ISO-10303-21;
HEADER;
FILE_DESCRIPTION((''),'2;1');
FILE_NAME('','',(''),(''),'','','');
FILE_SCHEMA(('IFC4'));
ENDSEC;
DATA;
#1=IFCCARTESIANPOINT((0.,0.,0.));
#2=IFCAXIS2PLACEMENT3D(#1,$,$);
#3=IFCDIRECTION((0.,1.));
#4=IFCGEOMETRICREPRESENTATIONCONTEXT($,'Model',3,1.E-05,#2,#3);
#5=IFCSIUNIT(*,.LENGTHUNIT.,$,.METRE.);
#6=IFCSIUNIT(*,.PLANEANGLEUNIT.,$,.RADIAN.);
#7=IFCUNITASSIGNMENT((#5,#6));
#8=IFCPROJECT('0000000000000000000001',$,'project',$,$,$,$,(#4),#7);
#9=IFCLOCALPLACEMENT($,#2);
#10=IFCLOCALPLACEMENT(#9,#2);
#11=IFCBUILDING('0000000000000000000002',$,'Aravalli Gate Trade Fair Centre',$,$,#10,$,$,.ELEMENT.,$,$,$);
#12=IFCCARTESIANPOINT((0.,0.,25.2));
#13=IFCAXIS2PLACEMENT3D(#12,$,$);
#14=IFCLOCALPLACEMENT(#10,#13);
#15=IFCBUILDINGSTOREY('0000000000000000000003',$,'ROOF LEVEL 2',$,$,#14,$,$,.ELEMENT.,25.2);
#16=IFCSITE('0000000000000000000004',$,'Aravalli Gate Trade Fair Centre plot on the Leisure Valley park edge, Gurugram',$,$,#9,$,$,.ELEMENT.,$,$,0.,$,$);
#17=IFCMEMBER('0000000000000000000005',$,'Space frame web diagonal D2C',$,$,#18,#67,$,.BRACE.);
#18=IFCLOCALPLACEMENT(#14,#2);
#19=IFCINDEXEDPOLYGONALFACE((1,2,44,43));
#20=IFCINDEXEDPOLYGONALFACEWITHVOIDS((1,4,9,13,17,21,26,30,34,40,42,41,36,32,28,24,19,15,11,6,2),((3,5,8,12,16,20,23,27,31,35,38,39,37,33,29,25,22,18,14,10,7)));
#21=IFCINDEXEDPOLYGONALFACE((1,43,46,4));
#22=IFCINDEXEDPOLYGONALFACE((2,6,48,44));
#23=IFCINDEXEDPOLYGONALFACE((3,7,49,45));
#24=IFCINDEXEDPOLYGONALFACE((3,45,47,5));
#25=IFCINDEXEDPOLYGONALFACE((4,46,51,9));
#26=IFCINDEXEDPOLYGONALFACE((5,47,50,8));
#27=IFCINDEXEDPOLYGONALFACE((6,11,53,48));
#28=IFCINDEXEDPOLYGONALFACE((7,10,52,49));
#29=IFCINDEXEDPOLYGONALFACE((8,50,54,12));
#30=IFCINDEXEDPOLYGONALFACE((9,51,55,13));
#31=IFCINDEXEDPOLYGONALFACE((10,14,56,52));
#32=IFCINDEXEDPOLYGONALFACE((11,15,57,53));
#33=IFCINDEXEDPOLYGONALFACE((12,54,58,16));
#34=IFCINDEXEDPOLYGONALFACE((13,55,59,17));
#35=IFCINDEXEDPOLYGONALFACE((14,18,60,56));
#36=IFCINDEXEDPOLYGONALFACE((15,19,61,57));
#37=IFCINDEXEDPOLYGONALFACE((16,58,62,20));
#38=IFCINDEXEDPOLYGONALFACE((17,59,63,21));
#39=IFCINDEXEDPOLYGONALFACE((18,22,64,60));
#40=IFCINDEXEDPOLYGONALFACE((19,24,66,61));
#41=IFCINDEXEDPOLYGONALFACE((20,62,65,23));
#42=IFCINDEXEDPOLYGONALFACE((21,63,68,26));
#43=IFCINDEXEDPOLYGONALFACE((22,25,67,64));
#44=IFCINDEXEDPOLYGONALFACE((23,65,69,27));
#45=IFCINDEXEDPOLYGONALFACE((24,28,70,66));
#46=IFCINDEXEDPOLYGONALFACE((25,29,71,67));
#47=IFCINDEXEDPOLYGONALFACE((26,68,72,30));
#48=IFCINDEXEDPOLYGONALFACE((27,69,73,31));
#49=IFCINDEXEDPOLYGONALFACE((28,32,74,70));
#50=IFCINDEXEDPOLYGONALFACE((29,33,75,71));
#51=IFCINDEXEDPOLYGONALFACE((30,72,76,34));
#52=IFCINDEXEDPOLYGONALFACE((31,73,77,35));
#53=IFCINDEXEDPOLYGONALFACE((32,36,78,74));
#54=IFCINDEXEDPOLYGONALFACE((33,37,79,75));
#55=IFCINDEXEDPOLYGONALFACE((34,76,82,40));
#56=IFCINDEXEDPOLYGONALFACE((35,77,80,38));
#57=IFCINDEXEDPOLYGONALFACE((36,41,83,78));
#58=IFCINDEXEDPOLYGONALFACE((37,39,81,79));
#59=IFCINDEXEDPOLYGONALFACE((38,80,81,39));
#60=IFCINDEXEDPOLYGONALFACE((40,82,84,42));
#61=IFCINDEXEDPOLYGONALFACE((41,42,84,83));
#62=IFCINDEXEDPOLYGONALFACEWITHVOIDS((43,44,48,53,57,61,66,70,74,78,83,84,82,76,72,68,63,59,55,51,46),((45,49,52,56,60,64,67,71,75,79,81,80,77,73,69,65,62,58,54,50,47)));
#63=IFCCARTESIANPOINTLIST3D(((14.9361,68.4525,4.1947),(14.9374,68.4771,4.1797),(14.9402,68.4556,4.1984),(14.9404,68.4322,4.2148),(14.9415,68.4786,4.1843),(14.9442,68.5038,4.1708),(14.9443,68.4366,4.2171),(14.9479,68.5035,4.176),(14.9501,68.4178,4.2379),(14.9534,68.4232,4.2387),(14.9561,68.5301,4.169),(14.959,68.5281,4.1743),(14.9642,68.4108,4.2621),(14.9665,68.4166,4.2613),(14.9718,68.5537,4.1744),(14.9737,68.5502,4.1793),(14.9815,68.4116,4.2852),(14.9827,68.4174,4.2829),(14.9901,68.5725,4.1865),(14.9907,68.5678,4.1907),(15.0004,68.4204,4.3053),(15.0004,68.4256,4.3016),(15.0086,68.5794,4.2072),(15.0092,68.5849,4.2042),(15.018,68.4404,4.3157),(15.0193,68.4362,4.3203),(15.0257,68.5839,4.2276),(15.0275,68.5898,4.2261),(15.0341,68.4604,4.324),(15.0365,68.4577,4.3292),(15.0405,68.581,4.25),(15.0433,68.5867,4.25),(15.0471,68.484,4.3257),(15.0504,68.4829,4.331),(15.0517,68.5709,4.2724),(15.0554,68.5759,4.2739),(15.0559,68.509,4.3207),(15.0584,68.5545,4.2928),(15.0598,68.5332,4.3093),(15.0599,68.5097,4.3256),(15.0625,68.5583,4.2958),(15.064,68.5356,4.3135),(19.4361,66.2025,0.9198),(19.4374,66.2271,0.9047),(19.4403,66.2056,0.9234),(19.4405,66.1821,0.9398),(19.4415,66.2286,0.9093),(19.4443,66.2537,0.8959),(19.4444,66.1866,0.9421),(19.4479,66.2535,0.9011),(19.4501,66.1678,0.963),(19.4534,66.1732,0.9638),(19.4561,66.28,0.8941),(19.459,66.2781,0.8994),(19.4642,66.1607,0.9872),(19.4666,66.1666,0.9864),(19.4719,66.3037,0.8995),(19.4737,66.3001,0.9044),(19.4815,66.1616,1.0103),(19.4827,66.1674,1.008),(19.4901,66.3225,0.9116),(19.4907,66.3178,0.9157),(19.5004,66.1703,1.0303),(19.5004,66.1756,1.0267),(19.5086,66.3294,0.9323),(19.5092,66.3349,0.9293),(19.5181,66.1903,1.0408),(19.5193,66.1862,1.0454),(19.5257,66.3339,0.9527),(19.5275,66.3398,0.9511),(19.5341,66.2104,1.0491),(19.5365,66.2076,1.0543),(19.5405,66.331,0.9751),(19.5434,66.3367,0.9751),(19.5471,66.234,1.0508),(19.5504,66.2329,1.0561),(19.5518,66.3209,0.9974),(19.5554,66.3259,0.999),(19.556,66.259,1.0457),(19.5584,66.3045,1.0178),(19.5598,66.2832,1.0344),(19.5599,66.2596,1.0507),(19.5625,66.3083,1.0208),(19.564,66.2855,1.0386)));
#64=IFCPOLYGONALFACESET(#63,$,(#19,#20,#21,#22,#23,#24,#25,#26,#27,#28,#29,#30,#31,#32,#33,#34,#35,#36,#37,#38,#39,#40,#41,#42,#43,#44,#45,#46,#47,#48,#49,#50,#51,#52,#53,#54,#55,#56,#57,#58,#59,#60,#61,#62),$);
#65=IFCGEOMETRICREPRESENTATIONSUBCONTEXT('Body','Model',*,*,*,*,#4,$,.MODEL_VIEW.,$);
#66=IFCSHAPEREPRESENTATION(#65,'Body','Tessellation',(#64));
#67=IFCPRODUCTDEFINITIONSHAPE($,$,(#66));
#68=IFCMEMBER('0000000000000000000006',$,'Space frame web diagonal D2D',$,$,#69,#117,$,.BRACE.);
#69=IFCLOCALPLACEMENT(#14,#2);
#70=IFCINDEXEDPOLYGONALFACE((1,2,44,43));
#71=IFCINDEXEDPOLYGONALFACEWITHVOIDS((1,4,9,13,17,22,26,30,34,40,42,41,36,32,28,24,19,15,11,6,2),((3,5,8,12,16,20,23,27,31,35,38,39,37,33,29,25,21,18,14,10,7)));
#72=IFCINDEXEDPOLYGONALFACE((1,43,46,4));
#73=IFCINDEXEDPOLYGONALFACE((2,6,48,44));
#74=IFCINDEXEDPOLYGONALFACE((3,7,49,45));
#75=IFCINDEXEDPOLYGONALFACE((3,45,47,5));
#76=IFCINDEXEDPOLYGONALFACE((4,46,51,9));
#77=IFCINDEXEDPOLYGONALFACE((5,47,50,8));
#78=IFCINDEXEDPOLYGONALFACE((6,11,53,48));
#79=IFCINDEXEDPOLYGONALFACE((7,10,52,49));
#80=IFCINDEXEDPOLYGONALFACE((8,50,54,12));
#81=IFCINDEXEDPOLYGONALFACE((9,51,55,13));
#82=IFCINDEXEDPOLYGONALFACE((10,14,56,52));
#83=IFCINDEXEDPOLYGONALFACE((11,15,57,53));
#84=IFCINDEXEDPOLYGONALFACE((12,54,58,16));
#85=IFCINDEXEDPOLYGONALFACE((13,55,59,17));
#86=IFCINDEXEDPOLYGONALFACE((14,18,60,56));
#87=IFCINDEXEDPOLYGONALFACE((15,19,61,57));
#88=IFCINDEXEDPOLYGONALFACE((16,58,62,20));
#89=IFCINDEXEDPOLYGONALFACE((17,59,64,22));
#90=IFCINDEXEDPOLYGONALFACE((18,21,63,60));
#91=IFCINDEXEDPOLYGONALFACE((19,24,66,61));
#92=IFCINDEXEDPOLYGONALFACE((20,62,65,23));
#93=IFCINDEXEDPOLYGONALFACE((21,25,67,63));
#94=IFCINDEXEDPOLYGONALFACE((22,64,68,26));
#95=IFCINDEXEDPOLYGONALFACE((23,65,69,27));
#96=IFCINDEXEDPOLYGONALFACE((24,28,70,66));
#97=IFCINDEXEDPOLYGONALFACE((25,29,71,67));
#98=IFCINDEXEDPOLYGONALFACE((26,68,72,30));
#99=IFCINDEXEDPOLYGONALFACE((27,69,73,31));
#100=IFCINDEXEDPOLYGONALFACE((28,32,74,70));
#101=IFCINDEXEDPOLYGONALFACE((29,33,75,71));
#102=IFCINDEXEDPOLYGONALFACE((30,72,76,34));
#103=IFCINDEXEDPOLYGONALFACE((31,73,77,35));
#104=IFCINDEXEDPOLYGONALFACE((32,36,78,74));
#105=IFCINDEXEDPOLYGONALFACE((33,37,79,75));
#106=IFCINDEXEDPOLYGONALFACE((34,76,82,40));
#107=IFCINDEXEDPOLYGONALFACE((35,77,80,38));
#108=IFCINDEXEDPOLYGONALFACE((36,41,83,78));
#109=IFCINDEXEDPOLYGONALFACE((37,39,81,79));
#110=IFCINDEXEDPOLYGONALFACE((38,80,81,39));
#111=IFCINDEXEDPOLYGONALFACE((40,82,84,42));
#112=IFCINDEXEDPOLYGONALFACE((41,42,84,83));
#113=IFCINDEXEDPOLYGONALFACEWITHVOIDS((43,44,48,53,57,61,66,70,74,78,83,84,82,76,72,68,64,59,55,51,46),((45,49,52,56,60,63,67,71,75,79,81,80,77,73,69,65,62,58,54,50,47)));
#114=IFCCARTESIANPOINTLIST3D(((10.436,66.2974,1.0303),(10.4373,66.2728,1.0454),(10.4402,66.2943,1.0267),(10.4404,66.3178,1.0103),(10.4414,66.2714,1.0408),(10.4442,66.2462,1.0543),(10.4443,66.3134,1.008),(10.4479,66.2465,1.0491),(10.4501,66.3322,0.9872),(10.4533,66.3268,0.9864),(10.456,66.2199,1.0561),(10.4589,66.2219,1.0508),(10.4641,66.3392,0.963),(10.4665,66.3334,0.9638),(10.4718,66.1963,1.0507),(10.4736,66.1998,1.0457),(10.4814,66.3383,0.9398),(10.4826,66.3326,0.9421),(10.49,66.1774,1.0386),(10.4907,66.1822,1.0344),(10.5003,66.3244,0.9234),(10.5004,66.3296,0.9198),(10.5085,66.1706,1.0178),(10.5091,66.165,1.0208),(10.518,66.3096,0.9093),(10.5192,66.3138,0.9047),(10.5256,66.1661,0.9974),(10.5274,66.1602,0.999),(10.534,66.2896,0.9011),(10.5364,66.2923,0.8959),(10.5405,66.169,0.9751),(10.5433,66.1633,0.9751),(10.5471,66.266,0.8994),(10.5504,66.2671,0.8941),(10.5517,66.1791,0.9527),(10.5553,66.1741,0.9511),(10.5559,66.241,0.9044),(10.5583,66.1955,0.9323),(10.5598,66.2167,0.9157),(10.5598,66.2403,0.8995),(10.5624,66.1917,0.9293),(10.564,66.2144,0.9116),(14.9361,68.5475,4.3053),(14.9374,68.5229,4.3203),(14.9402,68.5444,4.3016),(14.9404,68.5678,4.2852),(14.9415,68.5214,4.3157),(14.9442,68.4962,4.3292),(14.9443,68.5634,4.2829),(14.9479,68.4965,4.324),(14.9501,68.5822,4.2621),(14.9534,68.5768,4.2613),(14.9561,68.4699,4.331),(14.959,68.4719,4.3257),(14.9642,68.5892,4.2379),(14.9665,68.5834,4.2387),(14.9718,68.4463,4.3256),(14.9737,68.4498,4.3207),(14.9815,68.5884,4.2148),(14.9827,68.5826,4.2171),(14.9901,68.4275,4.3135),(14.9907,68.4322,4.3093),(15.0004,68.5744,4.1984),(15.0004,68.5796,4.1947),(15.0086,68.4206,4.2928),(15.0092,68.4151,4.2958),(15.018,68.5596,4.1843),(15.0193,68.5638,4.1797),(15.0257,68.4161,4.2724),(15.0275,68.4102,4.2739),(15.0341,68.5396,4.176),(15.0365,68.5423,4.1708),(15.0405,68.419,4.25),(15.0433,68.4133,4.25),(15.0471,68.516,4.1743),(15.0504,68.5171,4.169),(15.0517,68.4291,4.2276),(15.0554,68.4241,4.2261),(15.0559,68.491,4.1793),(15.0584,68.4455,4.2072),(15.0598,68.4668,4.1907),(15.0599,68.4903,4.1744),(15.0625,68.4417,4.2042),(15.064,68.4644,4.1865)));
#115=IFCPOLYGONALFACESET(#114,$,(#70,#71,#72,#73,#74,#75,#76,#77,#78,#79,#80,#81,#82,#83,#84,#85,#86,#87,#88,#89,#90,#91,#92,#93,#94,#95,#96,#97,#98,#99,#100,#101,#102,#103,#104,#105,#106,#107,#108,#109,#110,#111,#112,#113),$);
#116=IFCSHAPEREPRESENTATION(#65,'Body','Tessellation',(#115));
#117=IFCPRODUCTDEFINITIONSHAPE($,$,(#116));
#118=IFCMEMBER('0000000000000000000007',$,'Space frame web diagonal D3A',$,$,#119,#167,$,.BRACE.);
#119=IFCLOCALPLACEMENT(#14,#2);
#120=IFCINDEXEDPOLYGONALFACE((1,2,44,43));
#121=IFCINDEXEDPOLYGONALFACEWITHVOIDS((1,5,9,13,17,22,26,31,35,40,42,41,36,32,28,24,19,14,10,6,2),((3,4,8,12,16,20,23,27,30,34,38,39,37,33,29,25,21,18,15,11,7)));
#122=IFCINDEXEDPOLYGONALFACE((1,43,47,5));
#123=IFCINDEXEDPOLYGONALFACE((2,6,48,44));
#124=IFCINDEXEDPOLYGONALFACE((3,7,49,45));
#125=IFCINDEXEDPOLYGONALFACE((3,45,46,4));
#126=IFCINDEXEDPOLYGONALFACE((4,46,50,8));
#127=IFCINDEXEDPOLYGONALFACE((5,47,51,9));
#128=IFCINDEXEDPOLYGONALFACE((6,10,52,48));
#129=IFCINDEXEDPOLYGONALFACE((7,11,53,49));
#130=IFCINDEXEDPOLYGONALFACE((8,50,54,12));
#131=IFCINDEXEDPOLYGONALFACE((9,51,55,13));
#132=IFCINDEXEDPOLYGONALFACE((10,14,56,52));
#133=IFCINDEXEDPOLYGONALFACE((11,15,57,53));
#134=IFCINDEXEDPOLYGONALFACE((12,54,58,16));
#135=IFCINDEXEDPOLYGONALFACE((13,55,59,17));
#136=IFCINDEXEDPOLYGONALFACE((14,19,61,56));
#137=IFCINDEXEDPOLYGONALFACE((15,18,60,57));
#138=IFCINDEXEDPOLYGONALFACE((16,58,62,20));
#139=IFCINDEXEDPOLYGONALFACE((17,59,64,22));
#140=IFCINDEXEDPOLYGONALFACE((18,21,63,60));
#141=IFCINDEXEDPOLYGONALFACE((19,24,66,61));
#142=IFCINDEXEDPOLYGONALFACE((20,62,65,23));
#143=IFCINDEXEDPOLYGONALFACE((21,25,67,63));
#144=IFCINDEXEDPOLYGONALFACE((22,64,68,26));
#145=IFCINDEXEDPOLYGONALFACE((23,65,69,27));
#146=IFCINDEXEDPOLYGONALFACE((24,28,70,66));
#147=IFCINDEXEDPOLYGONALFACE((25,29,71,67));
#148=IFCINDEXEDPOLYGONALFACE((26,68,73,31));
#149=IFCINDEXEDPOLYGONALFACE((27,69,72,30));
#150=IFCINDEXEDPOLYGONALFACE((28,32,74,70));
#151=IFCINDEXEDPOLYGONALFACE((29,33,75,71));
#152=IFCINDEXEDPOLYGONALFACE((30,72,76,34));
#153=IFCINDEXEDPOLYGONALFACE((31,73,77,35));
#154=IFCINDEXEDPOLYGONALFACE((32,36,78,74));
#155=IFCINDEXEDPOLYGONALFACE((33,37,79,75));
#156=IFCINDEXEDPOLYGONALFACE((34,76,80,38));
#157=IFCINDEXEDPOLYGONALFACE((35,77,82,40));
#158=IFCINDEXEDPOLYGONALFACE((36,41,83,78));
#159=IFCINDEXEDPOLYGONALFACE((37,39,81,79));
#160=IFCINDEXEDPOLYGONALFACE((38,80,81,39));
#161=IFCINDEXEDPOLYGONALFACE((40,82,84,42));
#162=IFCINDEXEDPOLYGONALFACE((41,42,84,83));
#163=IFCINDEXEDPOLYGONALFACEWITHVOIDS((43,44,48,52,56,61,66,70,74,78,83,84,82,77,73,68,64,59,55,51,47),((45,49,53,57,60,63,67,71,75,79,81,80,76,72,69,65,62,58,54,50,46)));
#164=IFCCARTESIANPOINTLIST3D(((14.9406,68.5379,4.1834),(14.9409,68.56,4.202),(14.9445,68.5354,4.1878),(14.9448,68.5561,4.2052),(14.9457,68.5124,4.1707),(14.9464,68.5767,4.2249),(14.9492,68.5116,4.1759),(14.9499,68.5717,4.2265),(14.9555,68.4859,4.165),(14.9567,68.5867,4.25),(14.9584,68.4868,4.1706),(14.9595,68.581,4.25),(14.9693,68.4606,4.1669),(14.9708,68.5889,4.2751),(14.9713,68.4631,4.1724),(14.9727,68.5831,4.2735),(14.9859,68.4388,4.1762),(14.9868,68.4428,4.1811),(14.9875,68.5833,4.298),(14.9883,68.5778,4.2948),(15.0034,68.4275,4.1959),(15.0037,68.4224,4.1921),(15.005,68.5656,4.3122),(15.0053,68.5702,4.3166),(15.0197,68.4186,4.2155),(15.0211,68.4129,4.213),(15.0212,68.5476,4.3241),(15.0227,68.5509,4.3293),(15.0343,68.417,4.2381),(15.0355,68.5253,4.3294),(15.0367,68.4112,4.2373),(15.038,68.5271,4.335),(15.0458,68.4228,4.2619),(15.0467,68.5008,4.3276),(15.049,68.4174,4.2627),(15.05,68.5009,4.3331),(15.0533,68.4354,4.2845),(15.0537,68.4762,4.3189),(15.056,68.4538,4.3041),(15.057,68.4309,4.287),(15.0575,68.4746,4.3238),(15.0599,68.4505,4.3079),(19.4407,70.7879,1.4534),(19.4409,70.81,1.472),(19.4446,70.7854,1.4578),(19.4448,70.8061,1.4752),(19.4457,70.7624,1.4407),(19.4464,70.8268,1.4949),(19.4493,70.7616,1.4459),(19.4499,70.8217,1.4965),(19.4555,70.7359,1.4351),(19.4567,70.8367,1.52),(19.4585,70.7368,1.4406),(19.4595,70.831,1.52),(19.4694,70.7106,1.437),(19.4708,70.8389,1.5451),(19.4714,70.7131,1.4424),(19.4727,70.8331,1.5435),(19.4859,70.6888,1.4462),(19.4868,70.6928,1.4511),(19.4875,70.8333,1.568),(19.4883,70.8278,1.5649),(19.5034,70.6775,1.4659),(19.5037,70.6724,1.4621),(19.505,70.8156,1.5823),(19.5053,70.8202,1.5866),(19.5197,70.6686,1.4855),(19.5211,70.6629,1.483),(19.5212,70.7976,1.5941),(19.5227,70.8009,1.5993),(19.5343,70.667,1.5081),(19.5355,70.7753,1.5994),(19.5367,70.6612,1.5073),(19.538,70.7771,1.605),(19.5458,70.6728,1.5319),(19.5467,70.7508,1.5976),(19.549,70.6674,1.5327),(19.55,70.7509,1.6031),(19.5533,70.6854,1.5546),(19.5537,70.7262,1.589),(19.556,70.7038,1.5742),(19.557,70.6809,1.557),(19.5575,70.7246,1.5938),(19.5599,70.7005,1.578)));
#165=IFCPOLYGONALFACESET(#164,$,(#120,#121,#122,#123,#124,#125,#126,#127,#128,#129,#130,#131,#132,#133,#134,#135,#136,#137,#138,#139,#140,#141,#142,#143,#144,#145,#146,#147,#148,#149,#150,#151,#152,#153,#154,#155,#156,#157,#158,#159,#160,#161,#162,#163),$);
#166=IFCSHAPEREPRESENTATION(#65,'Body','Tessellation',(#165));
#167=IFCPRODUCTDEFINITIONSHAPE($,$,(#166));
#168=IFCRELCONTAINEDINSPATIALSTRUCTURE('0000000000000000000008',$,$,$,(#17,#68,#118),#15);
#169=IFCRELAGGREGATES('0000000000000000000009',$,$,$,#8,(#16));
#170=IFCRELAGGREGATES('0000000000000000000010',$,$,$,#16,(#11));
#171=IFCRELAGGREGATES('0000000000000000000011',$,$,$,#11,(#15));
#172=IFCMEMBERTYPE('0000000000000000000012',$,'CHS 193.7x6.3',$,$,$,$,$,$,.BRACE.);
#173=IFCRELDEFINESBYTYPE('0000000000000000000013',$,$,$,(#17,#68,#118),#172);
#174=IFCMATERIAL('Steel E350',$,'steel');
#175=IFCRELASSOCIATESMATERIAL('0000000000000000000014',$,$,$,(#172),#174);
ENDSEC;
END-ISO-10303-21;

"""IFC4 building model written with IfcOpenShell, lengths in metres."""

from ifc_helpers import new_model, si_unit, direction, frame, origin, origin_2d, place, context, subcontext, project, spatial, hollow_circle, extrude, material, material_profile, profile_set, type_object, element, save


model = new_model("IFC4")

# Units and contexts
model_context = context("Model", 3, precision=1e-05, world=origin(), true_north=direction((0.0, 1.0)))
body_context = subcontext(model_context, "Body", "Model", "MODEL_VIEW")
ifc_project = project(units=[si_unit("LENGTHUNIT", "METRE"), si_unit("PLANEANGLEUNIT", "RADIAN")], contexts=[model_context])

# Site, building, storey
site_placement = place(None, origin())
site = spatial("IfcSite", under=ifc_project, at=site_placement, Name="Aravalli Gate Trade Fair Centre plot on the Leisure Valley park edge, Gurugram", CompositionType="ELEMENT", RefElevation=0.0)
building_placement = place(site_placement, origin())
building = spatial("IfcBuilding", under=site, at=building_placement, Name="Aravalli Gate Trade Fair Centre", CompositionType="ELEMENT")
storey_placement = place(building_placement, frame((0.0, 0.0, 25.2)))
storey = spatial("IfcBuildingStorey", under=building, at=storey_placement, Name="ROOF LEVEL 2", CompositionType="ELEMENT", Elevation=25.2)

# Members
ifc_material_1 = material(Name="Steel E350", Category="steel")
ifc_material_profile_1 = material_profile(ifc_material_1, hollow_circle(Radius=0.0969, WallThickness=0.0063, at=origin_2d()), Name="CHS 193.7x6.3")
ifc_profile_set_1 = profile_set([ifc_material_profile_1], Name="Steel E350")
member_type_1 = type_object("IfcMemberType", Name="CHS 193.7x6.3", PredefinedType="BRACE", material=ifc_profile_set_1)
for number, where, z_axis, x_axis, name in (
    (1, (15.0, 68.5, 4.25), (0.74961, -0.374805, -0.545533), (0.447214, 0.894427, 0.0), "Space frame web diagonal D2C"),
    (2, (15.0, 68.5, 4.25), (-0.74961, -0.374805, -0.545533), (0.447214, -0.894427, 0.0), "Space frame web diagonal D2D"),
):
    element("IfcMember", number, at=place(storey_placement, frame(where, z_axis=z_axis, x_axis=x_axis)), inside=storey, type_object=member_type_1, Name=name, PredefinedType="BRACE", context=body_context, shape_type="SweptSolid", body=[
        extrude(hollow_circle(Radius=0.0969, WallThickness=0.0063, at=origin_2d()), origin(), (0.0, 0.0, 1.0), 6.0032),
    ])
for number, where, z_axis, x_axis, name in (
    (3, (15.0, 68.5, 4.25), (0.78615, 0.393075, -0.476928), (-0.447214, 0.894427, 0.0), "Space frame web diagonal D3A"),
):
    element("IfcMember", number, at=place(storey_placement, frame(where, z_axis=z_axis, x_axis=x_axis)), inside=storey, type_object=member_type_1, Name=name, PredefinedType="BRACE", context=body_context, shape_type="SweptSolid", body=[
        extrude(hollow_circle(Radius=0.0969, WallThickness=0.0063, at=origin_2d()), origin(), (0.0, 0.0, 1.0), 5.7241),
    ])

save(model, "model.ifc")
